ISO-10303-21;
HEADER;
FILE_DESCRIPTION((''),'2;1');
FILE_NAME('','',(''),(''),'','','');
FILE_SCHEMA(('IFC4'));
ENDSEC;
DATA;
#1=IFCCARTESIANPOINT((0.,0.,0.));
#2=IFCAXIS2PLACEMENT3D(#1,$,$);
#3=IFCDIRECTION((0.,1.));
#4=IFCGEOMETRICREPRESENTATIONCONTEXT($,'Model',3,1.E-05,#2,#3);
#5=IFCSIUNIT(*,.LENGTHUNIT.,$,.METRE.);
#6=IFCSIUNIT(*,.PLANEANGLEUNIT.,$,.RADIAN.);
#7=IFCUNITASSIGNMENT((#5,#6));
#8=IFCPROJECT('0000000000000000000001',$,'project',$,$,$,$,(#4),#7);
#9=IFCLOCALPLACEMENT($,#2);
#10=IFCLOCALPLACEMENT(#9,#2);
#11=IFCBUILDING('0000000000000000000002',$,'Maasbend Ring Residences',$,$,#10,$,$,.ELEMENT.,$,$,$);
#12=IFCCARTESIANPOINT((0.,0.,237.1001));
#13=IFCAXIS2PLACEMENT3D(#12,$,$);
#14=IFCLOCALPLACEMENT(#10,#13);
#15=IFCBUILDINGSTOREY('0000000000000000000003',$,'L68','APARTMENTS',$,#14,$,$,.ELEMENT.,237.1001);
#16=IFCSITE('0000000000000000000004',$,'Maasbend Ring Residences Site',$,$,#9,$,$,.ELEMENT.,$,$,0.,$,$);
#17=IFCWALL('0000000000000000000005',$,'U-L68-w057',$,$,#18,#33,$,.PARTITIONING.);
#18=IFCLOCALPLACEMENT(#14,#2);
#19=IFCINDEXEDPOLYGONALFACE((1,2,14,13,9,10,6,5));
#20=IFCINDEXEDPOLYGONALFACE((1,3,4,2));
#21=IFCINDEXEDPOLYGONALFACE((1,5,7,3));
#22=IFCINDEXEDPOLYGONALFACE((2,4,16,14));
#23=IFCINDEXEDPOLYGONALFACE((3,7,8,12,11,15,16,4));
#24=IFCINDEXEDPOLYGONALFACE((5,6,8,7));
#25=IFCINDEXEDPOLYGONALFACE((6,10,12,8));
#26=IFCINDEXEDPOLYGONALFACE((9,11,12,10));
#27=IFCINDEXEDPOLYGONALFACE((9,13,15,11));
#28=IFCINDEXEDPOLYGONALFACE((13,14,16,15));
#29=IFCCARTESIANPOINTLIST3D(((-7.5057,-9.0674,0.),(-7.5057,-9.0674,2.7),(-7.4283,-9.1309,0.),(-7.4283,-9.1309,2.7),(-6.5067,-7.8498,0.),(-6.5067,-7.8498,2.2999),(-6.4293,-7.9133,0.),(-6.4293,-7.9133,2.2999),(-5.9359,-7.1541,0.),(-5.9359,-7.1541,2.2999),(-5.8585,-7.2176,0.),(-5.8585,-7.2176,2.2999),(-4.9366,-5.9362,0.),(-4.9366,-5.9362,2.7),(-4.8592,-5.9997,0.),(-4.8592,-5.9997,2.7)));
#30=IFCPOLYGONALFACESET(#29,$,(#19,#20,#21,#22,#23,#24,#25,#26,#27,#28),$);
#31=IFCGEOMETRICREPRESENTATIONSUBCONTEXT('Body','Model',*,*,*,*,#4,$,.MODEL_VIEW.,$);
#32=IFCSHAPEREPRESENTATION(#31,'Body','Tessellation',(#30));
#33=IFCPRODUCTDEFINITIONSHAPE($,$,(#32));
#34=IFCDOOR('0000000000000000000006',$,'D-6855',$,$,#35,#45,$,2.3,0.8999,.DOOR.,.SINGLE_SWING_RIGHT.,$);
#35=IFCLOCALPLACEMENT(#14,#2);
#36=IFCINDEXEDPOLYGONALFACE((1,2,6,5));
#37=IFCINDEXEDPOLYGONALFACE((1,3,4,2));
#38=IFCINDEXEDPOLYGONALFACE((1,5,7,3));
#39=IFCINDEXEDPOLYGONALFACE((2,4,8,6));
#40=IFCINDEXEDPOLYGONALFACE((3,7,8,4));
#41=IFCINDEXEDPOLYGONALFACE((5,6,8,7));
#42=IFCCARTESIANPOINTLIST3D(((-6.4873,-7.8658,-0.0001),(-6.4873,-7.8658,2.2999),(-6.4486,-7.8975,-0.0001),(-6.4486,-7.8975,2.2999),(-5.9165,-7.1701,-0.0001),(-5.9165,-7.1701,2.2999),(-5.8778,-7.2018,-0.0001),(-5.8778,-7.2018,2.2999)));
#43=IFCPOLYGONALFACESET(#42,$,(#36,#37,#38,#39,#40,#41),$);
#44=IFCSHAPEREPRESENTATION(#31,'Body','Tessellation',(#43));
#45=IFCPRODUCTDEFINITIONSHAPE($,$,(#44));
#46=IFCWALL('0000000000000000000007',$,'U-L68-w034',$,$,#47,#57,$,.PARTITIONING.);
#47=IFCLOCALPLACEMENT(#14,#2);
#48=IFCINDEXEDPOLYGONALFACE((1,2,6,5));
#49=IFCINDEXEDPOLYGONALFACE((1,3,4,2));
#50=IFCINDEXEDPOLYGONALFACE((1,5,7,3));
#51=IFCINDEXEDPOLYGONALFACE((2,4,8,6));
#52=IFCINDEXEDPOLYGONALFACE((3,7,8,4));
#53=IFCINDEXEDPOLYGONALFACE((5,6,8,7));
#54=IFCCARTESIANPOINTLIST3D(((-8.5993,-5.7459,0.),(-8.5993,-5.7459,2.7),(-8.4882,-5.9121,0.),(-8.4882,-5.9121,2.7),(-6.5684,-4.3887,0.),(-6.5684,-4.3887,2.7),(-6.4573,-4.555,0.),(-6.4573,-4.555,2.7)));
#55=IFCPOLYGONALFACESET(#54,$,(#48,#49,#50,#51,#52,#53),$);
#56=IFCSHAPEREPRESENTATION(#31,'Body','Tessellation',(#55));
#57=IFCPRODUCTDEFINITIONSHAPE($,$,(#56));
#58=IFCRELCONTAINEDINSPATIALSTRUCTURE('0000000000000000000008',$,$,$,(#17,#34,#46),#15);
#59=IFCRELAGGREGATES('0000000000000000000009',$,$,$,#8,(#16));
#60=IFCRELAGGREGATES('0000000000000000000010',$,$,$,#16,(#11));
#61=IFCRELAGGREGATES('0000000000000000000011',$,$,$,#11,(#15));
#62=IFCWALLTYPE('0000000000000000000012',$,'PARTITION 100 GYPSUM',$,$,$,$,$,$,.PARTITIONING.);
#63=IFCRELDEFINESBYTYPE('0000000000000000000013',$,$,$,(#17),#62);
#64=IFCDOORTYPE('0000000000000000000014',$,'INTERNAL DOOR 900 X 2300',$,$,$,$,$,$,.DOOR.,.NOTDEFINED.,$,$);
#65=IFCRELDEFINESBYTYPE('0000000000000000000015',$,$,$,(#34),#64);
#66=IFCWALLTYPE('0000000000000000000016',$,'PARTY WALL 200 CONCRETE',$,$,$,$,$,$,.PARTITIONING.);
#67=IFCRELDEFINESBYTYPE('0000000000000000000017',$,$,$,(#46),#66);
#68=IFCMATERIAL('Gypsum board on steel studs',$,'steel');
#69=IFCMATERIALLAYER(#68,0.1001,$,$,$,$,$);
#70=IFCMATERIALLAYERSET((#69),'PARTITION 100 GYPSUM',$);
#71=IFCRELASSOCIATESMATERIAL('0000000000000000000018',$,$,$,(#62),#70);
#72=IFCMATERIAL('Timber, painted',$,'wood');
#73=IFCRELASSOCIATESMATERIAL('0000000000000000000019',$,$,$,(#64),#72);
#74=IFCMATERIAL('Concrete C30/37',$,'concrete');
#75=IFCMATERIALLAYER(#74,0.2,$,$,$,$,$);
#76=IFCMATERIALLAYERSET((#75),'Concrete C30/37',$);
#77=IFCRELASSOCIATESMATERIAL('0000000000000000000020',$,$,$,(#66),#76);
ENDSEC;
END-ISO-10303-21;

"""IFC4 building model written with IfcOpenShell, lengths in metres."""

from ifc_helpers import new_model, si_unit, direction, frame, frame_2d, origin, place, context, subcontext, project, spatial, rectangle, extrude, material, layer, layer_set, type_object, element, fill, save


model = new_model("IFC4")

# Units and contexts
model_context = context("Model", 3, precision=1e-05, world=origin(), true_north=direction((0.0, 1.0)))
body_context = subcontext(model_context, "Body", "Model", "MODEL_VIEW")
ifc_project = project(units=[si_unit("LENGTHUNIT", "METRE"), si_unit("PLANEANGLEUNIT", "RADIAN")], contexts=[model_context])

# Site, building, storey
site_placement = place(None, origin())
site = spatial("IfcSite", under=ifc_project, at=site_placement, Name="Maasbend Ring Residences Site", CompositionType="ELEMENT", RefElevation=0.0)
building_placement = place(site_placement, origin())
building = spatial("IfcBuilding", under=site, at=building_placement, Name="Maasbend Ring Residences", CompositionType="ELEMENT")
storey_placement = place(building_placement, frame((0.0, 0.0, 237.1001)))
storey = spatial("IfcBuildingStorey", under=building, at=storey_placement, Name="L68", Description="APARTMENTS", CompositionType="ELEMENT", Elevation=237.1001)

# Shared definitions
ifc_material_1 = material(Name="Gypsum board on steel studs", Category="steel")
ifc_layer_1 = layer(ifc_material_1, 0.1001)
ifc_layer_set_1 = layer_set([ifc_layer_1], Name="PARTITION 100 GYPSUM")
wall_type_1 = type_object("IfcWallType", Name="PARTITION 100 GYPSUM", PredefinedType="PARTITIONING", material=ifc_layer_set_1)

# Wall, opening, door
wall_1_placement = place(storey_placement, frame((-7.467, -9.0991, 0.0), z_axis=(0.0, 0.0, 1.0), x_axis=(0.634314, 0.773076, 0.0)))
wall_1 = element("IfcWall", 1, at=wall_1_placement, inside=storey, type_object=wall_type_1, Name="U-L68-w057", PredefinedType="PARTITIONING", context=body_context, shape_type="SweptSolid", body=[
    extrude(rectangle(XDim=4.0503, YDim=0.1001, at=frame_2d((2.0251, 0.0))), origin(), (0.0, 0.0, 1.0), 2.7),
])
opening_1_placement = place(wall_1_placement, frame((1.575, 0.0, 0.0)))
opening_1 = element("IfcOpeningElement", 2, at=opening_1_placement, cuts=wall_1, PredefinedType="OPENING", context=body_context, shape_type="SweptSolid", body=[
    extrude(rectangle(XDim=0.8999, YDim=2.3, at=frame_2d((0.45, 1.1499))), frame((0.0, 0.0601, 0.0), z_axis=(0.0, -1.0, 0.0), x_axis=(1.0, 0.0, 0.0)), (0.0, 0.0, 1.0), 0.1201),
])
ifc_material_2 = material(Name="Timber, painted", Category="wood")
door_type_1 = type_object("IfcDoorType", Name="INTERNAL DOOR 900 X 2300", OperationType="NOTDEFINED", PredefinedType="DOOR", material=ifc_material_2)
door_1_placement = place(opening_1_placement, origin())
door_1 = element("IfcDoor", 3, at=door_1_placement, inside=storey, type_object=door_type_1, Name="D-6855", OperationType="SINGLE_SWING_RIGHT", OverallHeight=2.3, OverallWidth=0.8999, PredefinedType="DOOR", context=body_context, shape_type="SweptSolid", body=[
    extrude(rectangle(XDim=0.8999, YDim=2.3, at=frame_2d((0.45, 1.1499))), frame((0.0, 0.0249, 0.0), z_axis=(0.0, -1.0, 0.0), x_axis=(1.0, 0.0, 0.0)), (0.0, 0.0, 1.0), 0.05),
])
fill(opening_1, door_1)

# Wall
ifc_material_3 = material(Name="Concrete C30/37", Category="concrete")
ifc_layer_2 = layer(ifc_material_3, 0.2)
ifc_layer_set_2 = layer_set([ifc_layer_2], Name="Concrete C30/37")
wall_type_2 = type_object("IfcWallType", Name="PARTY WALL 200 CONCRETE", PredefinedType="PARTITIONING", material=ifc_layer_set_2)
wall_2_placement = place(storey_placement, frame((-6.5129, -4.4719, 0.0), z_axis=(0.0, 0.0, 1.0), x_axis=(-0.83145, -0.555599, 0.0)))
element("IfcWall", 4, at=wall_2_placement, inside=storey, type_object=wall_type_2, Name="U-L68-w034", PredefinedType="PARTITIONING", context=body_context, shape_type="SweptSolid", body=[
    extrude(rectangle(XDim=2.4426, YDim=0.2, at=frame_2d((1.2212, 0.0))), origin(), (0.0, 0.0, 1.0), 2.7),
])

save(model, "model.ifc")
